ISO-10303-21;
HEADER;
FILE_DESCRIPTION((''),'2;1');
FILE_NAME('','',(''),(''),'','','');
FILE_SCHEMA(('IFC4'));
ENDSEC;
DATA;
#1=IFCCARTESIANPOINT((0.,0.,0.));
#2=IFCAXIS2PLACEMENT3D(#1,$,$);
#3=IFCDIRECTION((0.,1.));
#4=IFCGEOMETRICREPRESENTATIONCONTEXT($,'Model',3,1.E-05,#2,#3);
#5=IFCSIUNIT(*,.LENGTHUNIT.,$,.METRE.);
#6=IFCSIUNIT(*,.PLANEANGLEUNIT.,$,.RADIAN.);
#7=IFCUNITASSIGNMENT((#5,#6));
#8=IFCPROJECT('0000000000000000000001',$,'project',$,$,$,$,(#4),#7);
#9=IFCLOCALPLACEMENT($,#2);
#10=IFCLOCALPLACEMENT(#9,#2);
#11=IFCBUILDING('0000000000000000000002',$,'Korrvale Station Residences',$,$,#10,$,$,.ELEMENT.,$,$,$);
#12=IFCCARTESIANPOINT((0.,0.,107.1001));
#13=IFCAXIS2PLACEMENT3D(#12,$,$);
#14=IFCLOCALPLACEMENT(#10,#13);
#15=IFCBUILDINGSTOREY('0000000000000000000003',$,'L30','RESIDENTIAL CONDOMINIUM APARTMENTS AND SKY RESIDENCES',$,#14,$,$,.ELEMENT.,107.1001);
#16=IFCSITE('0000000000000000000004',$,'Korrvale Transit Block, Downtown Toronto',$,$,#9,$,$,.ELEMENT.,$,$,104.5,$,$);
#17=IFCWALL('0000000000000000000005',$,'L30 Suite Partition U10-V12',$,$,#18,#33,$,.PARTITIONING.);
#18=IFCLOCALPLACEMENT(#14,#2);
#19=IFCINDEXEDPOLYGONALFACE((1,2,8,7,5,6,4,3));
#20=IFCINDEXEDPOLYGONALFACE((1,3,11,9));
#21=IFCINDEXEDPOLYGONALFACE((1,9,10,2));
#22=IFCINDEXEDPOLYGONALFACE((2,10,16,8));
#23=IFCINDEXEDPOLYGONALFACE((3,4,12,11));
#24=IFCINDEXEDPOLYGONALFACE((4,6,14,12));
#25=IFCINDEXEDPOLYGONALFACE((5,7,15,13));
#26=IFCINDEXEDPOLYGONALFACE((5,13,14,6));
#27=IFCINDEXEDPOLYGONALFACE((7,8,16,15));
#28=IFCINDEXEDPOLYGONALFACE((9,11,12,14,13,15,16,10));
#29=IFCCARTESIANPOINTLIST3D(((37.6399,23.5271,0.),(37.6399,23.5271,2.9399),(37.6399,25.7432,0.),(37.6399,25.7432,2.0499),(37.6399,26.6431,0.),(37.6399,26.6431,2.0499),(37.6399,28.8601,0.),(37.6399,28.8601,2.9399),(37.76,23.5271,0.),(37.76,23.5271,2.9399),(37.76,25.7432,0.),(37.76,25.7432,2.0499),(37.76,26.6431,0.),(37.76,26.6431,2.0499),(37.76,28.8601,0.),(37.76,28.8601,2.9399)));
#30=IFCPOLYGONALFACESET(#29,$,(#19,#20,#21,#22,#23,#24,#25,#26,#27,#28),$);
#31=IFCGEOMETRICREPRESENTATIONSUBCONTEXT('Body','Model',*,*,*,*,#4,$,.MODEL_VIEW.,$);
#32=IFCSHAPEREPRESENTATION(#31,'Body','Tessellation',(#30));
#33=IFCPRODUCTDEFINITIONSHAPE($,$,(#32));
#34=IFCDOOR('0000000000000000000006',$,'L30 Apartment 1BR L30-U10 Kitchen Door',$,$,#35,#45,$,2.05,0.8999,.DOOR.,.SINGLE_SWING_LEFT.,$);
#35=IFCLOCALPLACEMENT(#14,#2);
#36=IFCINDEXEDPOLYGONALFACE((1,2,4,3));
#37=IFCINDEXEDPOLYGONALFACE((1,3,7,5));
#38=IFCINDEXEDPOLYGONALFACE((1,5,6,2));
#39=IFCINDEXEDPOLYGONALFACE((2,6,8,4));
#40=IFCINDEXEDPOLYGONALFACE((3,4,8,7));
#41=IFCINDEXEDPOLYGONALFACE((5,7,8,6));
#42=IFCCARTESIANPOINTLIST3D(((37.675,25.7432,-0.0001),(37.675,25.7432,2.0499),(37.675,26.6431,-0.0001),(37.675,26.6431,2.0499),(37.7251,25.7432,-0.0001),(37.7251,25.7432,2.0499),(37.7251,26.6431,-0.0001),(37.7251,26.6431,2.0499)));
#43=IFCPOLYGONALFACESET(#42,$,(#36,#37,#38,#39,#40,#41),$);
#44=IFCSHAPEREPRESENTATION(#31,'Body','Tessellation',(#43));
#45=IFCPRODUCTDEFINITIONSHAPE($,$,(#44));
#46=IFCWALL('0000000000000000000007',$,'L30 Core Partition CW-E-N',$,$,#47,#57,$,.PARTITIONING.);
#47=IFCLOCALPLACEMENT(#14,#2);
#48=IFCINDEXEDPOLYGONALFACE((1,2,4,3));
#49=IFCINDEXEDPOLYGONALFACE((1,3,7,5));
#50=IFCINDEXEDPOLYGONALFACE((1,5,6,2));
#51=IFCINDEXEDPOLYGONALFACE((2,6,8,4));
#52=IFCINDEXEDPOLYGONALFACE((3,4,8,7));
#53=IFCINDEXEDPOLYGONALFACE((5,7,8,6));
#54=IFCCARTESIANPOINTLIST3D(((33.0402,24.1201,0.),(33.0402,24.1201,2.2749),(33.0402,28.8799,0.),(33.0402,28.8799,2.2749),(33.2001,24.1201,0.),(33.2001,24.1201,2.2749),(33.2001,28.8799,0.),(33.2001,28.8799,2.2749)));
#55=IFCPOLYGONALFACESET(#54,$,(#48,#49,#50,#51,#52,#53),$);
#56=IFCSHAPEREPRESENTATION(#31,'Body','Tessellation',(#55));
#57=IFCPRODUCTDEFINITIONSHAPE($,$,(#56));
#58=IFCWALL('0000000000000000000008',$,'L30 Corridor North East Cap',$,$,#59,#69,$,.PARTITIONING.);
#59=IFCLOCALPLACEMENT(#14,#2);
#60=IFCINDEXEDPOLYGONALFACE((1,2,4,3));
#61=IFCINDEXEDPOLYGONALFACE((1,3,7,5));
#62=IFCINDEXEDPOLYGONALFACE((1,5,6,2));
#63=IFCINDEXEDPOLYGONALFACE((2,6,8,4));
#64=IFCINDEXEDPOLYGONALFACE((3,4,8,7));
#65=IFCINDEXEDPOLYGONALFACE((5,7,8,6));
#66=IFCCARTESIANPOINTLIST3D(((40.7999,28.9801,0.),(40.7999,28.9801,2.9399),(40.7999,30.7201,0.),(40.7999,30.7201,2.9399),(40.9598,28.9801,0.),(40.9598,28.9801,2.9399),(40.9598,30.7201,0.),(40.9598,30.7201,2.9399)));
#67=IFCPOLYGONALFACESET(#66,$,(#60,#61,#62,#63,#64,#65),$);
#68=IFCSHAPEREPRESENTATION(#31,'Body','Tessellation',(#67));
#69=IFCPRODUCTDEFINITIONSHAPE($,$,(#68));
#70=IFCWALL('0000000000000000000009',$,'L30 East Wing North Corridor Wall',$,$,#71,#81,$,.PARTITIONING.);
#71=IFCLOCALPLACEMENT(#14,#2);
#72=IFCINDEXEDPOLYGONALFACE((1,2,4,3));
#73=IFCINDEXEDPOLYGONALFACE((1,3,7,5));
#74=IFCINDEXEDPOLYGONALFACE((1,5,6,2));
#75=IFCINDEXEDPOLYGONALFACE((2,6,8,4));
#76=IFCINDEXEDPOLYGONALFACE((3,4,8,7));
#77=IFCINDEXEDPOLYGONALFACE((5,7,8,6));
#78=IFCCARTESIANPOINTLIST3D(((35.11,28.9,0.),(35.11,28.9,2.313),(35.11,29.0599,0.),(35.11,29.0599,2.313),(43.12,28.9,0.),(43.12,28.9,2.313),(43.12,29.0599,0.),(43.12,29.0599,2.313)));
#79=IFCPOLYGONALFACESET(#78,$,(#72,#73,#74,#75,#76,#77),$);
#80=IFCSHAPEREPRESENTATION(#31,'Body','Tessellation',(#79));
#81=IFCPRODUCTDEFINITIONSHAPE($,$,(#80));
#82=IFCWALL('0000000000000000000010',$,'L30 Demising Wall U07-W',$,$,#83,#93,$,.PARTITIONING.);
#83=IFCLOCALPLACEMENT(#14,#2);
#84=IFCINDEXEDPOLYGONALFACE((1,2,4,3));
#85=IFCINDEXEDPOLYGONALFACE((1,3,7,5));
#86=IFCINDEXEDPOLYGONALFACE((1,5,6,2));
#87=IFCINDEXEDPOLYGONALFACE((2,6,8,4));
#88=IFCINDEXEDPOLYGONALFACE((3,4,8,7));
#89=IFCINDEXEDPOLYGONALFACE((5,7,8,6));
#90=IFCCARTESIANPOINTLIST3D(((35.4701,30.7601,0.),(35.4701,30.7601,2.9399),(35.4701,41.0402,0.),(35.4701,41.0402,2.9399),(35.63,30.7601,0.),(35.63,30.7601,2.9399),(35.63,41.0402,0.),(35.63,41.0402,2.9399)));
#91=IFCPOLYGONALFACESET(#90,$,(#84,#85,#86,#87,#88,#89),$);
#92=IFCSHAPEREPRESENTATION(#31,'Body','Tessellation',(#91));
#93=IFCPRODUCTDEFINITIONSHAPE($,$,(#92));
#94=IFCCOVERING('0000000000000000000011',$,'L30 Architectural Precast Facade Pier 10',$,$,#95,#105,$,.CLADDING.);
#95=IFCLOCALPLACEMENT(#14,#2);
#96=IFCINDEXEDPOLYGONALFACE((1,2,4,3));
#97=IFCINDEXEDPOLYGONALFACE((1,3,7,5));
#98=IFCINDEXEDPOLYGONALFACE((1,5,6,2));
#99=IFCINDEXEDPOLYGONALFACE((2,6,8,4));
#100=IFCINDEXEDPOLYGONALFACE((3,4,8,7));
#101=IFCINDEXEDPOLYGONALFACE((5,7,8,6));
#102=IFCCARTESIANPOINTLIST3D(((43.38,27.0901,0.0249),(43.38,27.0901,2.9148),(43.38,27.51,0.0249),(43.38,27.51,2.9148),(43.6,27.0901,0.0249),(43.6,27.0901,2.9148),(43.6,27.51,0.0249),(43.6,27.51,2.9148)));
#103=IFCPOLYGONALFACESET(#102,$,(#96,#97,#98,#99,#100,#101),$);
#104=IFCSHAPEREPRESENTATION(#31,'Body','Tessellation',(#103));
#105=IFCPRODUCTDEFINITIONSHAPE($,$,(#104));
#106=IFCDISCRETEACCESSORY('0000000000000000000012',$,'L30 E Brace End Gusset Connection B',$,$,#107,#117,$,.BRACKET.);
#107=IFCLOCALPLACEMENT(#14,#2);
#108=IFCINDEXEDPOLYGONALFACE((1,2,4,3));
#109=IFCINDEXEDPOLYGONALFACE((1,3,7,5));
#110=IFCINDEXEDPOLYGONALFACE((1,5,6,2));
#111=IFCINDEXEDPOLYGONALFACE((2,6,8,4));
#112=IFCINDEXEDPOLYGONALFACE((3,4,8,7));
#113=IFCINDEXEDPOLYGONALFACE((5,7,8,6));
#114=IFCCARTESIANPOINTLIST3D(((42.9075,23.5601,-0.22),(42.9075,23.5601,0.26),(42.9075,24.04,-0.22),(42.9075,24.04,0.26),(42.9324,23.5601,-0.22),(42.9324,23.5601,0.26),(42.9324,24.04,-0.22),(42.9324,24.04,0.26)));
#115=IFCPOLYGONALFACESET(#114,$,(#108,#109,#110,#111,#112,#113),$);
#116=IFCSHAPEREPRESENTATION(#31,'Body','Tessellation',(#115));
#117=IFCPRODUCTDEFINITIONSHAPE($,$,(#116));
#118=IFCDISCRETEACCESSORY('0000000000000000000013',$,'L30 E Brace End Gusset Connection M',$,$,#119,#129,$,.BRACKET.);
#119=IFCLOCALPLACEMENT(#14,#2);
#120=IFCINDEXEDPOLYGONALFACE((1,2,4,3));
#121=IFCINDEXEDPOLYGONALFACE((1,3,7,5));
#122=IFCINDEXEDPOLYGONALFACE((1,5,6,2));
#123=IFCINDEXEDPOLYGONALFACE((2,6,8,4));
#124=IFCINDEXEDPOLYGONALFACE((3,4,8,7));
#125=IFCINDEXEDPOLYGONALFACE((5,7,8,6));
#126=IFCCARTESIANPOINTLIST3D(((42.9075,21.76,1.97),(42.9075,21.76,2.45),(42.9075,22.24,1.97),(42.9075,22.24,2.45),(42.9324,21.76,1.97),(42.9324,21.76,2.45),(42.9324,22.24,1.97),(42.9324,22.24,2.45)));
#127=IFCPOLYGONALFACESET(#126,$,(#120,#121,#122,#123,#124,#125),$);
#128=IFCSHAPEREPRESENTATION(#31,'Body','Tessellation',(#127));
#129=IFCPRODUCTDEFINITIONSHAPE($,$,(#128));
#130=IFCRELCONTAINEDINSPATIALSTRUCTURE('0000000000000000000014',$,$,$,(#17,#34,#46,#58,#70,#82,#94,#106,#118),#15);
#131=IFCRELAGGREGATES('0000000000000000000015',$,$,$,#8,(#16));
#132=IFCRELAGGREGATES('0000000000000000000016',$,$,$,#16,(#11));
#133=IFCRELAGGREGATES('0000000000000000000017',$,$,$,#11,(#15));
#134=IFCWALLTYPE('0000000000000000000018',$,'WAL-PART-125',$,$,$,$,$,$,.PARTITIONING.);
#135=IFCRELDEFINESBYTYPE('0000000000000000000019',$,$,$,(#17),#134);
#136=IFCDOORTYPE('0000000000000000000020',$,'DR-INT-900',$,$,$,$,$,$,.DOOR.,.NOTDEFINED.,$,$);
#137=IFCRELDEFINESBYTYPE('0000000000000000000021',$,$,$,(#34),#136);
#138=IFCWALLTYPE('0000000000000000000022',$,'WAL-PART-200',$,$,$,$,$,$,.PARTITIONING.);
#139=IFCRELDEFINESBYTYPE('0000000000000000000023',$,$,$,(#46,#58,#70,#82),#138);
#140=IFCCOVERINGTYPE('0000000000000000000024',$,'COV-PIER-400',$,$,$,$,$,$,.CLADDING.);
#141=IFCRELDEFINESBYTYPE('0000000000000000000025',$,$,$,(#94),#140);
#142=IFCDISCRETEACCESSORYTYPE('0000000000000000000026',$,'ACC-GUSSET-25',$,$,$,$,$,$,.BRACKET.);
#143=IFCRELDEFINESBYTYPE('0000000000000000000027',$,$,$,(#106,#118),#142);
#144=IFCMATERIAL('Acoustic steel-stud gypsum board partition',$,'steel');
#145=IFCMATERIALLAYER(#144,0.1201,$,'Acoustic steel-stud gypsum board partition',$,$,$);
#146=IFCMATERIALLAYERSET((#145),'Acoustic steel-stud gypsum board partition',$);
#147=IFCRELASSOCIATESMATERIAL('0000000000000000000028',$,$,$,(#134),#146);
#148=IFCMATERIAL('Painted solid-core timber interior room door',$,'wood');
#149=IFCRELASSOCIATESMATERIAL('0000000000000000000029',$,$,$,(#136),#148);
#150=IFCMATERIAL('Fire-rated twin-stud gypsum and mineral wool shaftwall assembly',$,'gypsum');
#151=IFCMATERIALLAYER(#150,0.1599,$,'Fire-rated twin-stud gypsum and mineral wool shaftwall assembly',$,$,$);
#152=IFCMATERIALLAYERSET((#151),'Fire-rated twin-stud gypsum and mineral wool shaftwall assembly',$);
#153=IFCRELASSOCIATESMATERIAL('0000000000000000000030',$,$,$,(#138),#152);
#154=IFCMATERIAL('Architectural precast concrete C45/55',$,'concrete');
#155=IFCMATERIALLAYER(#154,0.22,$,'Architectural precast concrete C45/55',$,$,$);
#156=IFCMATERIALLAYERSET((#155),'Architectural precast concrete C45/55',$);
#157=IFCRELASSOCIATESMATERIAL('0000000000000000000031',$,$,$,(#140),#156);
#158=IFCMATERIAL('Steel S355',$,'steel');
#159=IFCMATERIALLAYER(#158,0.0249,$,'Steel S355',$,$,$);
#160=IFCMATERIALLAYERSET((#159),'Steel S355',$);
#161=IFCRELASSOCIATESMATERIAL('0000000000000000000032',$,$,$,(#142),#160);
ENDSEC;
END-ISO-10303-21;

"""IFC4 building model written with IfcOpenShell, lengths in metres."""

from ifc_helpers import new_model, si_unit, direction, frame, frame_2d, origin, origin_2d, place, context, subcontext, project, spatial, rectangle, extrude, material, layer, layer_set, type_object, element, fill, save


model = new_model("IFC4")

# Units and contexts
model_context = context("Model", 3, precision=1e-05, world=origin(), true_north=direction((0.0, 1.0)))
body_context = subcontext(model_context, "Body", "Model", "MODEL_VIEW")
ifc_project = project(units=[si_unit("LENGTHUNIT", "METRE"), si_unit("PLANEANGLEUNIT", "RADIAN")], contexts=[model_context])

# Site, building, storey
site_placement = place(None, origin())
site = spatial("IfcSite", under=ifc_project, at=site_placement, Name="Korrvale Transit Block, Downtown Toronto", CompositionType="ELEMENT", RefElevation=104.5)
building_placement = place(site_placement, origin())
building = spatial("IfcBuilding", under=site, at=building_placement, Name="Korrvale Station Residences", CompositionType="ELEMENT")
storey_placement = place(building_placement, frame((0.0, 0.0, 107.1001)))
storey = spatial("IfcBuildingStorey", under=building, at=storey_placement, Name="L30", Description="RESIDENTIAL CONDOMINIUM APARTMENTS AND SKY RESIDENCES", CompositionType="ELEMENT", Elevation=107.1001)

# Shared definitions
ifc_material_1 = material(Name="Steel S355", Category="steel")

# Wall, opening, door
ifc_material_2 = material(Name="Acoustic steel-stud gypsum board partition", Category="steel")
ifc_layer_1 = layer(ifc_material_2, 0.1201, Name="Acoustic steel-stud gypsum board partition")
ifc_layer_set_1 = layer_set([ifc_layer_1], Name="Acoustic steel-stud gypsum board partition")
wall_type_1 = type_object("IfcWallType", Name="WAL-PART-125", PredefinedType="PARTITIONING", material=ifc_layer_set_1)
ifc_material_3 = material(Name="Painted solid-core timber interior room door", Category="wood")
door_type_1 = type_object("IfcDoorType", Name="DR-INT-900", OperationType="NOTDEFINED", PredefinedType="DOOR", material=ifc_material_3)
wall_1_placement = place(storey_placement, frame((37.7, 23.5271, 0.0), z_axis=(0.0, 0.0, 1.0), x_axis=(0.0, 1.0, 0.0)))
wall_1 = element("IfcWall", 1, at=wall_1_placement, inside=storey, type_object=wall_type_1, Name="L30 Suite Partition U10-V12", PredefinedType="PARTITIONING", context=body_context, shape_type="SweptSolid", body=[
    extrude(rectangle(XDim=5.333, YDim=0.1201, at=frame_2d((2.6665, 0.0))), origin(), (0.0, 0.0, 1.0), 2.9399),
])
opening_1_placement = place(wall_1_placement, frame((2.2161, 0.0, 0.0)))
opening_1 = element("IfcOpeningElement", 2, at=opening_1_placement, cuts=wall_1, PredefinedType="OPENING", context=body_context, shape_type="SweptSolid", body=[
    extrude(rectangle(XDim=0.8999, YDim=2.05, at=frame_2d((0.45, 1.0249))), frame((0.0, 0.0701, 0.0), z_axis=(0.0, -1.0, 0.0), x_axis=(1.0, 0.0, 0.0)), (0.0, 0.0, 1.0), 0.1401),
])
door_1_placement = place(opening_1_placement, origin())
door_1 = element("IfcDoor", 3, at=door_1_placement, inside=storey, type_object=door_type_1, Name="L30 Apartment 1BR L30-U10 Kitchen Door", OperationType="SINGLE_SWING_LEFT", OverallHeight=2.05, OverallWidth=0.8999, PredefinedType="DOOR", context=body_context, shape_type="SweptSolid", body=[
    extrude(rectangle(XDim=0.8999, YDim=2.05, at=frame_2d((0.45, 1.0249))), frame((0.0, 0.0249, 0.0), z_axis=(0.0, -1.0, 0.0), x_axis=(1.0, 0.0, 0.0)), (0.0, 0.0, 1.0), 0.05),
])
fill(opening_1, door_1)

# Walls
ifc_material_4 = material(Name="Fire-rated twin-stud gypsum and mineral wool shaftwall assembly", Category="gypsum")
ifc_layer_2 = layer(ifc_material_4, 0.1599, Name="Fire-rated twin-stud gypsum and mineral wool shaftwall assembly")
ifc_layer_set_2 = layer_set([ifc_layer_2], Name="Fire-rated twin-stud gypsum and mineral wool shaftwall assembly")
wall_type_2 = type_object("IfcWallType", Name="WAL-PART-200", PredefinedType="PARTITIONING", material=ifc_layer_set_2)
wall_2_placement = place(storey_placement, frame((33.1201, 24.1201, 0.0), z_axis=(0.0, 0.0, 1.0), x_axis=(0.0, 1.0, 0.0)))
element("IfcWall", 4, at=wall_2_placement, inside=storey, type_object=wall_type_2, Name="L30 Core Partition CW-E-N", PredefinedType="PARTITIONING", context=body_context, shape_type="SweptSolid", body=[
    extrude(rectangle(XDim=4.7598, YDim=0.1599, at=frame_2d((2.3799, 0.0))), origin(), (0.0, 0.0, 1.0), 2.2749),
])
wall_3_placement = place(storey_placement, frame((40.8799, 28.98, 0.0), z_axis=(0.0, 0.0, 1.0), x_axis=(0.0, 1.0, 0.0)))
element("IfcWall", 5, at=wall_3_placement, inside=storey, type_object=wall_type_2, Name="L30 Corridor North East Cap", PredefinedType="PARTITIONING", context=body_context, shape_type="SweptSolid", body=[
    extrude(rectangle(XDim=1.74, YDim=0.1599, at=frame_2d((0.8701, 0.0))), origin(), (0.0, 0.0, 1.0), 2.9399),
])
wall_4_placement = place(storey_placement, frame((35.1101, 28.98, 0.0), z_axis=(0.0, 0.0, 1.0), x_axis=(1.0, 0.0, 0.0)))
element("IfcWall", 6, at=wall_4_placement, inside=storey, type_object=wall_type_2, Name="L30 East Wing North Corridor Wall", PredefinedType="PARTITIONING", context=body_context, shape_type="SweptSolid", body=[
    extrude(rectangle(XDim=8.01, YDim=0.1599, at=frame_2d((4.0049, 0.0))), origin(), (0.0, 0.0, 1.0), 2.313),
])
wall_5_placement = place(storey_placement, frame((35.55, 30.76, 0.0), z_axis=(0.0, 0.0, 1.0), x_axis=(0.0, 1.0, 0.0)))
element("IfcWall", 7, at=wall_5_placement, inside=storey, type_object=wall_type_2, Name="L30 Demising Wall U07-W", PredefinedType="PARTITIONING", context=body_context, shape_type="SweptSolid", body=[
    extrude(rectangle(XDim=10.28, YDim=0.1599, at=frame_2d((5.1401, 0.0))), origin(), (0.0, 0.0, 1.0), 2.9399),
])

# Covering
ifc_material_5 = material(Name="Architectural precast concrete C45/55", Category="concrete")
ifc_layer_3 = layer(ifc_material_5, 0.22, Name="Architectural precast concrete C45/55")
ifc_layer_set_3 = layer_set([ifc_layer_3], Name="Architectural precast concrete C45/55")
covering_type = type_object("IfcCoveringType", Name="COV-PIER-400", PredefinedType="CLADDING", material=ifc_layer_set_3)
covering_placement = place(storey_placement, frame((43.49, 27.3, 0.0249), z_axis=(0.0, 0.0, 1.0), x_axis=(0.0, 1.0, 0.0)))
element("IfcCovering", 8, at=covering_placement, inside=storey, type_object=covering_type, Name="L30 Architectural Precast Facade Pier 10", PredefinedType="CLADDING", context=body_context, shape_type="SweptSolid", body=[
    extrude(rectangle(XDim=0.4199, YDim=0.22, at=origin_2d()), origin(), (0.0, 0.0, 1.0), 2.8899),
])

# Discrete accessories
ifc_layer_4 = layer(ifc_material_1, 0.0249, Name="Steel S355")
ifc_layer_set_4 = layer_set([ifc_layer_4], Name="Steel S355")
discrete_accessory_type = type_object("IfcDiscreteAccessoryType", Name="ACC-GUSSET-25", PredefinedType="BRACKET", material=ifc_layer_set_4)
for number, where, z_axis, x_axis, name in (
    (9, (42.9199, 23.8, -0.22), (0.0, 0.0, 1.0), (0.0, 1.0, 0.0), "L30 E Brace End Gusset Connection B"),
    (10, (42.9199, 22.0, 1.97), (0.0, 0.0, 1.0), (0.0, 1.0, 0.0), "L30 E Brace End Gusset Connection M"),
):
    element("IfcDiscreteAccessory", number, at=place(storey_placement, frame(where, z_axis=z_axis, x_axis=x_axis)), inside=storey, type_object=discrete_accessory_type, Name=name, PredefinedType="BRACKET", context=body_context, shape_type="SweptSolid", body=[
        extrude(rectangle(XDim=0.48, YDim=0.0249, at=origin_2d()), origin(), (0.0, 0.0, 1.0), 0.48),
    ])

save(model, "model.ifc")
